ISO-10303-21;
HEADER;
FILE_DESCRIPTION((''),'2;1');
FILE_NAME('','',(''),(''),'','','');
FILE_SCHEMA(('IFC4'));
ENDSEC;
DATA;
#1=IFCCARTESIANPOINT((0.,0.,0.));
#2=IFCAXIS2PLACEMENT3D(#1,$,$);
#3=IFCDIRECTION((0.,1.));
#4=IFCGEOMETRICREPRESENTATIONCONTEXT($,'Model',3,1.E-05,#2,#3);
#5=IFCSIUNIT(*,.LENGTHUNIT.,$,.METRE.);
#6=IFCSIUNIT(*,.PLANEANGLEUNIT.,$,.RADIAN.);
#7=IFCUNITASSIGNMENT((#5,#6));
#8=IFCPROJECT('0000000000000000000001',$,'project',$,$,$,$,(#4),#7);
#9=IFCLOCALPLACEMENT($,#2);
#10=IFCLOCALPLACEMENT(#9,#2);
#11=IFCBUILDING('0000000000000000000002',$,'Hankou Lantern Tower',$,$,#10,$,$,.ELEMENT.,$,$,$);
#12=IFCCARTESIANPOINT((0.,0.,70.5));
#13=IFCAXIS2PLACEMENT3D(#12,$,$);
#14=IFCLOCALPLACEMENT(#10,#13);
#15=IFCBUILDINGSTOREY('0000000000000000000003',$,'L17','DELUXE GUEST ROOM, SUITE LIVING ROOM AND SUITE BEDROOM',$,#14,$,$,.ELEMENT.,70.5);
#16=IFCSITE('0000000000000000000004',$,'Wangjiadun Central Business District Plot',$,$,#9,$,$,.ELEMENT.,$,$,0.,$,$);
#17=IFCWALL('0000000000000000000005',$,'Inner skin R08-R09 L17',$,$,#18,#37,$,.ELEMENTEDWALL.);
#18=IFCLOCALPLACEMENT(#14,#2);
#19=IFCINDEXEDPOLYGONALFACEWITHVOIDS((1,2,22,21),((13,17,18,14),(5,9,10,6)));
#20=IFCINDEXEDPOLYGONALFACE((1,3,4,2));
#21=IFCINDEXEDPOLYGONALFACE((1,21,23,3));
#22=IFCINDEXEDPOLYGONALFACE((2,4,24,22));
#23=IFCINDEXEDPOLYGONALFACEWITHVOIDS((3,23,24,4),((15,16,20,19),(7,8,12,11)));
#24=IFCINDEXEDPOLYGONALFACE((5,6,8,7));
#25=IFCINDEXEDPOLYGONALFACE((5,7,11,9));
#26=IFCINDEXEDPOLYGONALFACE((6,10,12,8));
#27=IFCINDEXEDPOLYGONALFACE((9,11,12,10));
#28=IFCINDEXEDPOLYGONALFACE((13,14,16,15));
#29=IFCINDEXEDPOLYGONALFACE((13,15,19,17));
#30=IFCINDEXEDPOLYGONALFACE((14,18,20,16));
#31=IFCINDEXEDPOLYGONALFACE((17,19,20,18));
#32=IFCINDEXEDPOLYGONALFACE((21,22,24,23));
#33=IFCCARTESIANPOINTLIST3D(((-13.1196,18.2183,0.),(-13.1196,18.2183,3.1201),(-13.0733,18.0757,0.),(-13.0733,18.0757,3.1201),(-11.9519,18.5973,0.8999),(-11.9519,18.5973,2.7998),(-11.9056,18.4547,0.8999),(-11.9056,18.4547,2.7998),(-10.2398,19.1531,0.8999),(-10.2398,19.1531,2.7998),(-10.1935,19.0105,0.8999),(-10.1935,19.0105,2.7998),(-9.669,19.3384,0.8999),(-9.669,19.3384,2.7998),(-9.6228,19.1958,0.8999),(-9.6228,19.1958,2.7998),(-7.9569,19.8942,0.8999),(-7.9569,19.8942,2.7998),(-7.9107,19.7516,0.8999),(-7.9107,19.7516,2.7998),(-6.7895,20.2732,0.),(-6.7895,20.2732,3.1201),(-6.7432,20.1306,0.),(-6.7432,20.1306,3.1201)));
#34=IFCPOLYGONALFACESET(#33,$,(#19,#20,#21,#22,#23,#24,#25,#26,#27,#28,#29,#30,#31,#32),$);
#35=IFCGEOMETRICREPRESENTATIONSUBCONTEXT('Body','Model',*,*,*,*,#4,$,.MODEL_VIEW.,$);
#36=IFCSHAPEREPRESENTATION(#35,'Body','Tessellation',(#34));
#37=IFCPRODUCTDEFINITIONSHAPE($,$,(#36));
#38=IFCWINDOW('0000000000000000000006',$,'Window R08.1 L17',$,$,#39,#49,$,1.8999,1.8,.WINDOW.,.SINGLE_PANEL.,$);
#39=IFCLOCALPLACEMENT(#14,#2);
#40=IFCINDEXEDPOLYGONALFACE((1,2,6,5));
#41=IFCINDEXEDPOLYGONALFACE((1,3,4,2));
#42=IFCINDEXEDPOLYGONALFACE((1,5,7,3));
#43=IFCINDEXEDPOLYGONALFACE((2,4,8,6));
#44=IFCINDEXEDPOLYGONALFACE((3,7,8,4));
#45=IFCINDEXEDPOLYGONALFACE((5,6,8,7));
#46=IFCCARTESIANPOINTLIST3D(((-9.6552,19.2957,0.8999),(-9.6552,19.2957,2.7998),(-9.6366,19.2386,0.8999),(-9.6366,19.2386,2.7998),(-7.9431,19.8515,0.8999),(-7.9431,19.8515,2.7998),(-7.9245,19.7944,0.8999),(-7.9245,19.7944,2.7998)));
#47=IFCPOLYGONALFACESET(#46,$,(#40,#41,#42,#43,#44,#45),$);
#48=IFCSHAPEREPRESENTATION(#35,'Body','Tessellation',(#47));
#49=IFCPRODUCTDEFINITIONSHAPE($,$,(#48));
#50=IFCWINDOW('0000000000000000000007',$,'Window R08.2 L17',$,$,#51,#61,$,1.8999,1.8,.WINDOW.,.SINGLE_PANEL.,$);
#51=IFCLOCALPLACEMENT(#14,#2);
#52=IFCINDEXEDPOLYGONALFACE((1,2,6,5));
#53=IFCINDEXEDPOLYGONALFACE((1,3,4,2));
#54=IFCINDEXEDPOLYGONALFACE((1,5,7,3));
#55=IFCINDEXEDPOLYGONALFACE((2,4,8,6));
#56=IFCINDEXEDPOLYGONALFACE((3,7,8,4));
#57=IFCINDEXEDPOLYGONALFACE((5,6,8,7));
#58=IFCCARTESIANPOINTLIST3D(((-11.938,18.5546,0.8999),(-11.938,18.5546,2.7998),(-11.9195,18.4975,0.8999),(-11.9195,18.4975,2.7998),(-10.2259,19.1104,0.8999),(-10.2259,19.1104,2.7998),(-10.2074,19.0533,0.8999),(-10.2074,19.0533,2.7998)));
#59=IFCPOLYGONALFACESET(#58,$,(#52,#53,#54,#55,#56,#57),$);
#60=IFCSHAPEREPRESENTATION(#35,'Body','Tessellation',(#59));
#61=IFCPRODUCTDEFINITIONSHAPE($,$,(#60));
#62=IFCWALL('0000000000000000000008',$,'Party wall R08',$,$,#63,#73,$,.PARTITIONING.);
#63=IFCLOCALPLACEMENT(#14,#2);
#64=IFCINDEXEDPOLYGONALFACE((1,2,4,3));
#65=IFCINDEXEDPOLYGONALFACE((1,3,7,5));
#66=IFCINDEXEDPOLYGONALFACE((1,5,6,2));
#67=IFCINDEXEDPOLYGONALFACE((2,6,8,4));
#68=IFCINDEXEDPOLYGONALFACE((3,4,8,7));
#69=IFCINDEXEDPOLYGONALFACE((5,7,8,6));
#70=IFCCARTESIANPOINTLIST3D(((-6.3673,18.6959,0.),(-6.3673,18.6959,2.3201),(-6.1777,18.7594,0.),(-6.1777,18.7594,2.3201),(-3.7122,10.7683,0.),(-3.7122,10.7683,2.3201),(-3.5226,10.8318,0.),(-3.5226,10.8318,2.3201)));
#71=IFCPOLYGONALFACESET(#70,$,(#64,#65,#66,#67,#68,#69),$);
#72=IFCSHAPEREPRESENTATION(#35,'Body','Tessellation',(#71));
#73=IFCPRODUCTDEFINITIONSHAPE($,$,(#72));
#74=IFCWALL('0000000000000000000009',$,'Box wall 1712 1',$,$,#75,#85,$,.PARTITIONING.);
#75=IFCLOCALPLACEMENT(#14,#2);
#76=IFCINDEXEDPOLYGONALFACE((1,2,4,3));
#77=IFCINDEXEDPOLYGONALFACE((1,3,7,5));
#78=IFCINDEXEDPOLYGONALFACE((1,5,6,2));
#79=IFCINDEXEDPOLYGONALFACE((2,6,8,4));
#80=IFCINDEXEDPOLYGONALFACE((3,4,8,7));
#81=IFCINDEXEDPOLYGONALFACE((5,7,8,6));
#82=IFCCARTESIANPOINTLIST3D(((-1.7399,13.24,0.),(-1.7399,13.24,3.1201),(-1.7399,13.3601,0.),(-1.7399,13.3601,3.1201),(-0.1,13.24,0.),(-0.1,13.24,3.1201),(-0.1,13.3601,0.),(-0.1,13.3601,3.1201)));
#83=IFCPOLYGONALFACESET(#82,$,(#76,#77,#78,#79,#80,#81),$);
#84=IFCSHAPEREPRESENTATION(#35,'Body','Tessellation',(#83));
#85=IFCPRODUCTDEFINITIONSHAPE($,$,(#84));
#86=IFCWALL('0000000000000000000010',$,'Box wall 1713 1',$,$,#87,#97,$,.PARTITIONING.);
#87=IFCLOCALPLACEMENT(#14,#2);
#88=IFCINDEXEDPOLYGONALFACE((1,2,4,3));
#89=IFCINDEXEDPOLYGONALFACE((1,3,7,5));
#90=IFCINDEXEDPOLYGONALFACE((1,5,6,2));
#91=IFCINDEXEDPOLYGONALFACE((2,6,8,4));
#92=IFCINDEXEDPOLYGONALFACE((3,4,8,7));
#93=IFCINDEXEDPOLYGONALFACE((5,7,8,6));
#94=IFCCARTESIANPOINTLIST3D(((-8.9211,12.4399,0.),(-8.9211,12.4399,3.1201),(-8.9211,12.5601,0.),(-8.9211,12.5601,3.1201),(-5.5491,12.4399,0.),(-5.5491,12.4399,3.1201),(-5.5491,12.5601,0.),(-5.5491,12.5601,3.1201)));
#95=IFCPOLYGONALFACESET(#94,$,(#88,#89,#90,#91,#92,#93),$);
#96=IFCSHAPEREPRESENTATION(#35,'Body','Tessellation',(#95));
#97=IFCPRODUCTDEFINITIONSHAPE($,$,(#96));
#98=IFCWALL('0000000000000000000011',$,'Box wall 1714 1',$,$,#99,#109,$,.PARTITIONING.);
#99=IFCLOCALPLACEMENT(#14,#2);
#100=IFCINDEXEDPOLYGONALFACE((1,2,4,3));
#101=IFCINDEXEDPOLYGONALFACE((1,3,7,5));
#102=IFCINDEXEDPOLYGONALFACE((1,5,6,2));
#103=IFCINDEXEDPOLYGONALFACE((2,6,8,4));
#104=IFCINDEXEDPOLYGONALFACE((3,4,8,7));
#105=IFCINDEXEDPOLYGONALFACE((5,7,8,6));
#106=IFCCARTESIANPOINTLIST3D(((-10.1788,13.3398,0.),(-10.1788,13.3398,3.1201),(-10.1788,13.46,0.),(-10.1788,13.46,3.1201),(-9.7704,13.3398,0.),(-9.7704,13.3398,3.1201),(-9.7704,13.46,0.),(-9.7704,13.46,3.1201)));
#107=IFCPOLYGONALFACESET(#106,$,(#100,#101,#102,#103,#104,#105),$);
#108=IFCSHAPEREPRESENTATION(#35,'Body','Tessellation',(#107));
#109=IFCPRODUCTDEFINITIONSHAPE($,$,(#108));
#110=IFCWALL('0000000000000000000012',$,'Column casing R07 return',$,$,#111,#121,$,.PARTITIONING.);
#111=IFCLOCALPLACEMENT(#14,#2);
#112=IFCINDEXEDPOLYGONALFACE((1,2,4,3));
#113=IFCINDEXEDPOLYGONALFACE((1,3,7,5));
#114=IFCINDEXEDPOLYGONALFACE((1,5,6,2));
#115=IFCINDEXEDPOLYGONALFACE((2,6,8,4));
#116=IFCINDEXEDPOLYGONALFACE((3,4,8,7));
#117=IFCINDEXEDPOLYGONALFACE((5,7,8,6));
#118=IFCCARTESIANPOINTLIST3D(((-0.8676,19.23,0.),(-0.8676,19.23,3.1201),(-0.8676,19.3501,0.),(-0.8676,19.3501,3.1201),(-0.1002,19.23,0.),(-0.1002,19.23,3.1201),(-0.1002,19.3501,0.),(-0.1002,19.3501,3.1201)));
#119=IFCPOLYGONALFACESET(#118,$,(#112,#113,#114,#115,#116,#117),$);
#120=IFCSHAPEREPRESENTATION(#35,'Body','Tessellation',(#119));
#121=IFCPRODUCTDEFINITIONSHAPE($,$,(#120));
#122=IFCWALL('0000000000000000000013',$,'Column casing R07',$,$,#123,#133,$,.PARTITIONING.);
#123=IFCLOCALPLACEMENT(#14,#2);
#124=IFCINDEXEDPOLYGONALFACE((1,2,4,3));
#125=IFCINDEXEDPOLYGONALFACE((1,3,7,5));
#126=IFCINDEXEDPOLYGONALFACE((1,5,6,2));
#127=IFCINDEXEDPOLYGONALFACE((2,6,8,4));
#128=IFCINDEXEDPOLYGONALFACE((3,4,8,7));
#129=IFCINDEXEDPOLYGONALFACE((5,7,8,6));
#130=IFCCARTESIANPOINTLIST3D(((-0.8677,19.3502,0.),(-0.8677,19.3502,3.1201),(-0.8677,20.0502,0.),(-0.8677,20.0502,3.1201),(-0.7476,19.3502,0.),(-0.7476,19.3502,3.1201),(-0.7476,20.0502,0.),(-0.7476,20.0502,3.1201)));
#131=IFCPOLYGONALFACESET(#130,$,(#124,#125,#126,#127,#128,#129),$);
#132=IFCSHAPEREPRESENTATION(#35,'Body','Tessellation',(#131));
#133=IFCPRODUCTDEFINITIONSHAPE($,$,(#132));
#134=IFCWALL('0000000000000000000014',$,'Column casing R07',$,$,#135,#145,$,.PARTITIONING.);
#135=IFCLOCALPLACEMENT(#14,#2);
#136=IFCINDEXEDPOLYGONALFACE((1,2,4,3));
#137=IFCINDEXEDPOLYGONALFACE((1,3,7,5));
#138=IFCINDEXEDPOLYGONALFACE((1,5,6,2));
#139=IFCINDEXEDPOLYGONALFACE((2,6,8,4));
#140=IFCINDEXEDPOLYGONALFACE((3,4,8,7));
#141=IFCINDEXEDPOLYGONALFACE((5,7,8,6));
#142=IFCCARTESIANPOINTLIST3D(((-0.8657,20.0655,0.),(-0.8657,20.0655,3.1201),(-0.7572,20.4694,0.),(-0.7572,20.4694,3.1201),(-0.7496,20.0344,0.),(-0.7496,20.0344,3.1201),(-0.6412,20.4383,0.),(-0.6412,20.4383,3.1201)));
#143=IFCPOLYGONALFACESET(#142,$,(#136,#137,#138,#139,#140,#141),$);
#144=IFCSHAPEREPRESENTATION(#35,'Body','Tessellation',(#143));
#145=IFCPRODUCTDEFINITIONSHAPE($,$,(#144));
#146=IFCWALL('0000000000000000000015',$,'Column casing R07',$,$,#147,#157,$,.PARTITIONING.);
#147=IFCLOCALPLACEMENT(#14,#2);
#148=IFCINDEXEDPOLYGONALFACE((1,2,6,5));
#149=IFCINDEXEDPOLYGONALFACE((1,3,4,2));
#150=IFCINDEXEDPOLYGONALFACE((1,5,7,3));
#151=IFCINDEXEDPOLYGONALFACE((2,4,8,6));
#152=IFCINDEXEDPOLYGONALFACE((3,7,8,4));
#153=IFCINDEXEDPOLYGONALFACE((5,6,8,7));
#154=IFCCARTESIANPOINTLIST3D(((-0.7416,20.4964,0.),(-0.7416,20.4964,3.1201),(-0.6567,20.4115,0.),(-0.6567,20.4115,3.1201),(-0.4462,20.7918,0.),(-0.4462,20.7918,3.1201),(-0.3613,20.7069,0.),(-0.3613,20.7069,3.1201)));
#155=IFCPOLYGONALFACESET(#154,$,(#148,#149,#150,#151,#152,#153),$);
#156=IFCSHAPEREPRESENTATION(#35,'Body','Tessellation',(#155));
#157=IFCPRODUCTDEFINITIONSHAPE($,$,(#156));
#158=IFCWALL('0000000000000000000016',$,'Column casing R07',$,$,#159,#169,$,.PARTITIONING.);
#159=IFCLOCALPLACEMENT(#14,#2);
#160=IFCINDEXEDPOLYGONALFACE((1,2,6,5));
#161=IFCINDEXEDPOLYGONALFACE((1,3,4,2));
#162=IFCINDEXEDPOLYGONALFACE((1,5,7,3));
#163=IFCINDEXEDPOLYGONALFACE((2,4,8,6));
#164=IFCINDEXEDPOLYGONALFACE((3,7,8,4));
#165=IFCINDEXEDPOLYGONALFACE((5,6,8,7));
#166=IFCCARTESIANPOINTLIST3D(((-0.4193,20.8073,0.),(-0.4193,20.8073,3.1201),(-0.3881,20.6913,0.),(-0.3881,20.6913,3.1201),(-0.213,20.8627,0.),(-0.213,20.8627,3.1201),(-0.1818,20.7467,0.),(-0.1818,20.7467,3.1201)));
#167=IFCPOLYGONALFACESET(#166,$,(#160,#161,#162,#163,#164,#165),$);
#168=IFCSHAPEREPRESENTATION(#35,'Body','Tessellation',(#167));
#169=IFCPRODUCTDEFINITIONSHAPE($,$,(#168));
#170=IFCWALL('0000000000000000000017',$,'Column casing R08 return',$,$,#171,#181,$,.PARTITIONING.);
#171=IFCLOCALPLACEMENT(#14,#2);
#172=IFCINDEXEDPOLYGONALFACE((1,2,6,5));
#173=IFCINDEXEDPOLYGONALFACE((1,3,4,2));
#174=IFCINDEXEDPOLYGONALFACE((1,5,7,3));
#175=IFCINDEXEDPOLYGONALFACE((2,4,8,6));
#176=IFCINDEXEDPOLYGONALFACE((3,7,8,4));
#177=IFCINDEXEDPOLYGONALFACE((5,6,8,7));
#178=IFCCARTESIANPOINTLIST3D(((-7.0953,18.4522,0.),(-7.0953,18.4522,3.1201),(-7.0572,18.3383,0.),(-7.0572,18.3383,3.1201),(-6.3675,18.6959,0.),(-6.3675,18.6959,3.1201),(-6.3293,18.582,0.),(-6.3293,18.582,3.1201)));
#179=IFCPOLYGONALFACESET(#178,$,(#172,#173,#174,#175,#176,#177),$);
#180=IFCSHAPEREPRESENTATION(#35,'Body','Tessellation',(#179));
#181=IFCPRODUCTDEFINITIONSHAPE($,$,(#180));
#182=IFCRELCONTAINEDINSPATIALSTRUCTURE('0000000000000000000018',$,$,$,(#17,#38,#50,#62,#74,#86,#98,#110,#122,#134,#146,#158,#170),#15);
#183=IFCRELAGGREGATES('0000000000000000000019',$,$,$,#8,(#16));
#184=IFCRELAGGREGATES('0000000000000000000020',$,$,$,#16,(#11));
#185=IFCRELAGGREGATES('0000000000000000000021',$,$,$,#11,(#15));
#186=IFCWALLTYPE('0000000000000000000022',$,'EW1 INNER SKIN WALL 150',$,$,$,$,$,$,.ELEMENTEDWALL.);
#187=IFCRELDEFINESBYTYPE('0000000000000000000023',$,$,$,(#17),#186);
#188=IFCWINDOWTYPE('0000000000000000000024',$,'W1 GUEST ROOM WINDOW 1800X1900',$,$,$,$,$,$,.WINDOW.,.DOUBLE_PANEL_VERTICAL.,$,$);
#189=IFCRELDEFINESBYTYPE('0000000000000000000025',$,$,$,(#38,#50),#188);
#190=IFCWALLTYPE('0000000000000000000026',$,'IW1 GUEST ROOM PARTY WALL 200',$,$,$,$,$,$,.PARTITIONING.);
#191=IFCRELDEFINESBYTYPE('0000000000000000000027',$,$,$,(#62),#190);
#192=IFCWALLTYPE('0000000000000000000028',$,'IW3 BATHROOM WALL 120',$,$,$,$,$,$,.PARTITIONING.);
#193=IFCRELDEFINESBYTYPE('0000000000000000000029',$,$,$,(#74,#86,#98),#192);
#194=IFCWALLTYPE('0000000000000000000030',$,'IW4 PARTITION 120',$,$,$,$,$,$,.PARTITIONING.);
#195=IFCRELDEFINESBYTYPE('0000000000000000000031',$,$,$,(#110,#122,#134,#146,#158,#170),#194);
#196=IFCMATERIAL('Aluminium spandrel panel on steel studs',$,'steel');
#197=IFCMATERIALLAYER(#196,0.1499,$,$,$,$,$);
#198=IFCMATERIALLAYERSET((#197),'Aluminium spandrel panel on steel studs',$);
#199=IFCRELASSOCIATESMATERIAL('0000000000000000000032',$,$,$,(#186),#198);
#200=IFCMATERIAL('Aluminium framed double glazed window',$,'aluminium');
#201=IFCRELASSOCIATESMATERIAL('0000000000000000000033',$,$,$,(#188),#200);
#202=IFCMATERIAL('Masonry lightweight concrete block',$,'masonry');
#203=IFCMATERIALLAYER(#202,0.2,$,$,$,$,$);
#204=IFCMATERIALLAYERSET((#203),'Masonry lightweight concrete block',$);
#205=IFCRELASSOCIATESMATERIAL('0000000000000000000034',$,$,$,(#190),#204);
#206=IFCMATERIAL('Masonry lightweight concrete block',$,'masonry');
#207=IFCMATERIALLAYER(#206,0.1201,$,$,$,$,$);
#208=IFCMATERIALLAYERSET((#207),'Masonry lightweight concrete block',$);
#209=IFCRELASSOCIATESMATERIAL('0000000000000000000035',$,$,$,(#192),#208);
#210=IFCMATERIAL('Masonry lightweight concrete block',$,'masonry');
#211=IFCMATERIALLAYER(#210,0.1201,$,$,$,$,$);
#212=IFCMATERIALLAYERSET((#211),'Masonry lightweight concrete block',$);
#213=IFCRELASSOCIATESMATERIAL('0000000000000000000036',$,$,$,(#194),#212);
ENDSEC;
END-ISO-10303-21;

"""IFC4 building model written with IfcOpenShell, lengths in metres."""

from ifc_helpers import new_model, si_unit, direction, frame, frame_2d, origin, place, context, subcontext, project, spatial, rectangle, extrude, material, layer, layer_set, type_object, element, fill, save


model = new_model("IFC4")

# Units and contexts
model_context = context("Model", 3, precision=1e-05, world=origin(), true_north=direction((0.0, 1.0)))
body_context = subcontext(model_context, "Body", "Model", "MODEL_VIEW")
ifc_project = project(units=[si_unit("LENGTHUNIT", "METRE"), si_unit("PLANEANGLEUNIT", "RADIAN")], contexts=[model_context])

# Site, building, storey
site_placement = place(None, origin())
site = spatial("IfcSite", under=ifc_project, at=site_placement, Name="Wangjiadun Central Business District Plot", CompositionType="ELEMENT", RefElevation=0.0)
building_placement = place(site_placement, origin())
building = spatial("IfcBuilding", under=site, at=building_placement, Name="Hankou Lantern Tower", CompositionType="ELEMENT")
storey_placement = place(building_placement, frame((0.0, 0.0, 70.5)))
storey = spatial("IfcBuildingStorey", under=building, at=storey_placement, Name="L17", Description="DELUXE GUEST ROOM, SUITE LIVING ROOM AND SUITE BEDROOM", CompositionType="ELEMENT", Elevation=70.5)

# Wall, openings, windows
ifc_material_1 = material(Name="Aluminium spandrel panel on steel studs", Category="steel")
ifc_layer_1 = layer(ifc_material_1, 0.1499)
ifc_layer_set_1 = layer_set([ifc_layer_1], Name="Aluminium spandrel panel on steel studs")
wall_type_1 = type_object("IfcWallType", Name="EW1 INNER SKIN WALL 150", PredefinedType="ELEMENTEDWALL", material=ifc_layer_set_1)
wall_1_placement = place(storey_placement, frame((-6.7664, 20.2019, 0.0), z_axis=(0.0, 0.0, 1.0), x_axis=(-0.951138, -0.308768, 0.0)))
wall_1 = element("IfcWall", 1, at=wall_1_placement, inside=storey, type_object=wall_type_1, Name="Inner skin R08-R09 L17", PredefinedType="ELEMENTEDWALL", context=body_context, shape_type="SweptSolid", body=[
    extrude(rectangle(XDim=6.6553, YDim=0.1499, at=frame_2d((3.3276, 0.0))), origin(), (0.0, 0.0, 1.0), 3.1201),
])
opening_1_placement = place(wall_1_placement, frame((1.2275, 0.0, 0.8999)))
opening_1 = element("IfcOpeningElement", 2, at=opening_1_placement, cuts=wall_1, PredefinedType="OPENING", context=body_context, shape_type="SweptSolid", body=[
    extrude(rectangle(XDim=1.8, YDim=1.8999, at=frame_2d((0.8999, 0.95))), frame((0.0, 0.085, 0.0), z_axis=(0.0, -1.0, 0.0), x_axis=(1.0, 0.0, 0.0)), (0.0, 0.0, 1.0), 0.1699),
])
opening_2_placement = place(wall_1_placement, frame((3.6277, 0.0, 0.8999)))
opening_2 = element("IfcOpeningElement", 3, at=opening_2_placement, cuts=wall_1, PredefinedType="OPENING", context=body_context, shape_type="SweptSolid", body=[
    extrude(rectangle(XDim=1.8, YDim=1.8999, at=frame_2d((0.8999, 0.95))), frame((0.0, 0.085, 0.0), z_axis=(0.0, -1.0, 0.0), x_axis=(1.0, 0.0, 0.0)), (0.0, 0.0, 1.0), 0.1699),
])
ifc_material_2 = material(Name="Aluminium framed double glazed window", Category="aluminium")
window_type = type_object("IfcWindowType", Name="W1 GUEST ROOM WINDOW 1800X1900", PartitioningType="DOUBLE_PANEL_VERTICAL", PredefinedType="WINDOW", material=ifc_material_2)
window_1_placement = place(opening_1_placement, origin())
window_1 = element("IfcWindow", 4, at=window_1_placement, inside=storey, type_object=window_type, Name="Window R08.1 L17", OverallHeight=1.8999, OverallWidth=1.8, PartitioningType="SINGLE_PANEL", PredefinedType="WINDOW", context=body_context, shape_type="SweptSolid", body=[
    extrude(rectangle(XDim=1.8, YDim=1.8999, at=frame_2d((0.8999, 0.95))), frame((0.0, 0.03, 0.0), z_axis=(0.0, -1.0, 0.0), x_axis=(1.0, 0.0, 0.0)), (0.0, 0.0, 1.0), 0.0601),
])
fill(opening_1, window_1)
window_2_placement = place(opening_2_placement, origin())
window_2 = element("IfcWindow", 5, at=window_2_placement, inside=storey, type_object=window_type, Name="Window R08.2 L17", OverallHeight=1.8999, OverallWidth=1.8, PartitioningType="SINGLE_PANEL", PredefinedType="WINDOW", context=body_context, shape_type="SweptSolid", body=[
    extrude(rectangle(XDim=1.8, YDim=1.8999, at=frame_2d((0.8999, 0.95))), frame((0.0, 0.03, 0.0), z_axis=(0.0, -1.0, 0.0), x_axis=(1.0, 0.0, 0.0)), (0.0, 0.0, 1.0), 0.0601),
])
fill(opening_2, window_2)

# Walls
ifc_material_3 = material(Name="Masonry lightweight concrete block", Category="masonry")
ifc_layer_2 = layer(ifc_material_3, 0.2)
ifc_layer_set_2 = layer_set([ifc_layer_2], Name="Masonry lightweight concrete block")
wall_type_2 = type_object("IfcWallType", Name="IW1 GUEST ROOM PARTY WALL 200", PredefinedType="PARTITIONING", material=ifc_layer_set_2)
wall_2_placement = place(storey_placement, frame((-3.6174, 10.8, 0.0), z_axis=(0.0, 0.0, 1.0), x_axis=(-0.317577, 0.948233, 0.0)))
element("IfcWall", 6, at=wall_2_placement, inside=storey, type_object=wall_type_2, Name="Party wall R08", PredefinedType="PARTITIONING", context=body_context, shape_type="SweptSolid", body=[
    extrude(rectangle(XDim=8.3604, YDim=0.2, at=frame_2d((4.1802, 0.0))), origin(), (0.0, 0.0, 1.0), 2.3201),
])
ifc_material_4 = material(Name="Masonry lightweight concrete block", Category="masonry")
ifc_layer_3 = layer(ifc_material_4, 0.1201)
ifc_layer_set_3 = layer_set([ifc_layer_3], Name="Masonry lightweight concrete block")
wall_type_3 = type_object("IfcWallType", Name="IW3 BATHROOM WALL 120", PredefinedType="PARTITIONING", material=ifc_layer_set_3)
wall_3_placement = place(storey_placement, frame((-0.1001, 13.3, 0.0), z_axis=(0.0, 0.0, 1.0), x_axis=(-1.0, 0.0, 0.0)))
element("IfcWall", 7, at=wall_3_placement, inside=storey, type_object=wall_type_3, Name="Box wall 1712 1", PredefinedType="PARTITIONING", context=body_context, shape_type="SweptSolid", body=[
    extrude(rectangle(XDim=1.6399, YDim=0.1201, at=frame_2d((0.8198, 0.0))), origin(), (0.0, 0.0, 1.0), 3.1201),
])
wall_4_placement = place(storey_placement, frame((-8.9211, 12.5, 0.0), z_axis=(0.0, 0.0, 1.0), x_axis=(1.0, 0.0, 0.0)))
element("IfcWall", 8, at=wall_4_placement, inside=storey, type_object=wall_type_3, Name="Box wall 1713 1", PredefinedType="PARTITIONING", context=body_context, shape_type="SweptSolid", body=[
    extrude(rectangle(XDim=3.3721, YDim=0.1201, at=frame_2d((1.686, 0.0))), origin(), (0.0, 0.0, 1.0), 3.1201),
])
wall_5_placement = place(storey_placement, frame((-9.7705, 13.3999, 0.0), z_axis=(0.0, 0.0, 1.0), x_axis=(-1.0, 0.0, 0.0)))
element("IfcWall", 9, at=wall_5_placement, inside=storey, type_object=wall_type_3, Name="Box wall 1714 1", PredefinedType="PARTITIONING", context=body_context, shape_type="SweptSolid", body=[
    extrude(rectangle(XDim=0.4084, YDim=0.1201, at=frame_2d((0.2041, 0.0))), origin(), (0.0, 0.0, 1.0), 3.1201),
])
ifc_material_5 = material(Name="Masonry lightweight concrete block", Category="masonry")
ifc_layer_4 = layer(ifc_material_5, 0.1201)
ifc_layer_set_4 = layer_set([ifc_layer_4], Name="Masonry lightweight concrete block")
wall_type_4 = type_object("IfcWallType", Name="IW4 PARTITION 120", PredefinedType="PARTITIONING", material=ifc_layer_set_4)
wall_6_placement = place(storey_placement, frame((-0.1001, 19.29, 0.0), z_axis=(0.0, 0.0, 1.0), x_axis=(-1.0, 0.0, 0.0)))
element("IfcWall", 10, at=wall_6_placement, inside=storey, type_object=wall_type_4, Name="Column casing R07 return", PredefinedType="PARTITIONING", context=body_context, shape_type="SweptSolid", body=[
    extrude(rectangle(XDim=0.7673, YDim=0.1201, at=frame_2d((0.3838, 0.0))), origin(), (0.0, 0.0, 1.0), 3.1201),
])
wall_7_placement = place(storey_placement, frame((-0.8076, 19.3501, 0.0), z_axis=(0.0, 0.0, 1.0), x_axis=(0.0, 1.0, 0.0)))
element("IfcWall", 11, at=wall_7_placement, inside=storey, type_object=wall_type_4, Name="Column casing R07", PredefinedType="PARTITIONING", context=body_context, shape_type="SweptSolid", body=[
    extrude(rectangle(XDim=0.7, YDim=0.1201, at=frame_2d((0.3501, 0.0))), origin(), (0.0, 0.0, 1.0), 3.1201),
])
wall_8_placement = place(storey_placement, frame((-0.8076, 20.05, 0.0), z_axis=(0.0, 0.0, 1.0), x_axis=(0.259261, 0.965807, 0.0)))
element("IfcWall", 12, at=wall_8_placement, inside=storey, type_object=wall_type_4, Name="Column casing R07", PredefinedType="PARTITIONING", context=body_context, shape_type="SweptSolid", body=[
    extrude(rectangle(XDim=0.4182, YDim=0.1201, at=frame_2d((0.209, 0.0))), origin(), (0.0, 0.0, 1.0), 3.1201),
])
wall_9_placement = place(storey_placement, frame((-0.6992, 20.4539, 0.0), z_axis=(0.0, 0.0, 1.0), x_axis=(0.707107, 0.707107, 0.0)))
element("IfcWall", 13, at=wall_9_placement, inside=storey, type_object=wall_type_4, Name="Column casing R07", PredefinedType="PARTITIONING", context=body_context, shape_type="SweptSolid", body=[
    extrude(rectangle(XDim=0.4177, YDim=0.1201, at=frame_2d((0.209, 0.0))), origin(), (0.0, 0.0, 1.0), 3.1201),
])
wall_10_placement = place(storey_placement, frame((-0.4038, 20.7493, 0.0), z_axis=(0.0, 0.0, 1.0), x_axis=(0.965759, 0.259441, 0.0)))
element("IfcWall", 14, at=wall_10_placement, inside=storey, type_object=wall_type_4, Name="Column casing R07", PredefinedType="PARTITIONING", context=body_context, shape_type="SweptSolid", body=[
    extrude(rectangle(XDim=0.2136, YDim=0.1201, at=frame_2d((0.1069, 0.0))), origin(), (0.0, 0.0, 1.0), 3.1201),
])
wall_11_placement = place(storey_placement, frame((-6.3484, 18.6389, 0.0), z_axis=(0.0, 0.0, 1.0), x_axis=(-0.948269, -0.317468, 0.0)))
element("IfcWall", 15, at=wall_11_placement, inside=storey, type_object=wall_type_4, Name="Column casing R08 return", PredefinedType="PARTITIONING", context=body_context, shape_type="SweptSolid", body=[
    extrude(rectangle(XDim=0.7676, YDim=0.1201, at=frame_2d((0.3838, 0.0))), origin(), (0.0, 0.0, 1.0), 3.1201),
])

save(model, "model.ifc")
